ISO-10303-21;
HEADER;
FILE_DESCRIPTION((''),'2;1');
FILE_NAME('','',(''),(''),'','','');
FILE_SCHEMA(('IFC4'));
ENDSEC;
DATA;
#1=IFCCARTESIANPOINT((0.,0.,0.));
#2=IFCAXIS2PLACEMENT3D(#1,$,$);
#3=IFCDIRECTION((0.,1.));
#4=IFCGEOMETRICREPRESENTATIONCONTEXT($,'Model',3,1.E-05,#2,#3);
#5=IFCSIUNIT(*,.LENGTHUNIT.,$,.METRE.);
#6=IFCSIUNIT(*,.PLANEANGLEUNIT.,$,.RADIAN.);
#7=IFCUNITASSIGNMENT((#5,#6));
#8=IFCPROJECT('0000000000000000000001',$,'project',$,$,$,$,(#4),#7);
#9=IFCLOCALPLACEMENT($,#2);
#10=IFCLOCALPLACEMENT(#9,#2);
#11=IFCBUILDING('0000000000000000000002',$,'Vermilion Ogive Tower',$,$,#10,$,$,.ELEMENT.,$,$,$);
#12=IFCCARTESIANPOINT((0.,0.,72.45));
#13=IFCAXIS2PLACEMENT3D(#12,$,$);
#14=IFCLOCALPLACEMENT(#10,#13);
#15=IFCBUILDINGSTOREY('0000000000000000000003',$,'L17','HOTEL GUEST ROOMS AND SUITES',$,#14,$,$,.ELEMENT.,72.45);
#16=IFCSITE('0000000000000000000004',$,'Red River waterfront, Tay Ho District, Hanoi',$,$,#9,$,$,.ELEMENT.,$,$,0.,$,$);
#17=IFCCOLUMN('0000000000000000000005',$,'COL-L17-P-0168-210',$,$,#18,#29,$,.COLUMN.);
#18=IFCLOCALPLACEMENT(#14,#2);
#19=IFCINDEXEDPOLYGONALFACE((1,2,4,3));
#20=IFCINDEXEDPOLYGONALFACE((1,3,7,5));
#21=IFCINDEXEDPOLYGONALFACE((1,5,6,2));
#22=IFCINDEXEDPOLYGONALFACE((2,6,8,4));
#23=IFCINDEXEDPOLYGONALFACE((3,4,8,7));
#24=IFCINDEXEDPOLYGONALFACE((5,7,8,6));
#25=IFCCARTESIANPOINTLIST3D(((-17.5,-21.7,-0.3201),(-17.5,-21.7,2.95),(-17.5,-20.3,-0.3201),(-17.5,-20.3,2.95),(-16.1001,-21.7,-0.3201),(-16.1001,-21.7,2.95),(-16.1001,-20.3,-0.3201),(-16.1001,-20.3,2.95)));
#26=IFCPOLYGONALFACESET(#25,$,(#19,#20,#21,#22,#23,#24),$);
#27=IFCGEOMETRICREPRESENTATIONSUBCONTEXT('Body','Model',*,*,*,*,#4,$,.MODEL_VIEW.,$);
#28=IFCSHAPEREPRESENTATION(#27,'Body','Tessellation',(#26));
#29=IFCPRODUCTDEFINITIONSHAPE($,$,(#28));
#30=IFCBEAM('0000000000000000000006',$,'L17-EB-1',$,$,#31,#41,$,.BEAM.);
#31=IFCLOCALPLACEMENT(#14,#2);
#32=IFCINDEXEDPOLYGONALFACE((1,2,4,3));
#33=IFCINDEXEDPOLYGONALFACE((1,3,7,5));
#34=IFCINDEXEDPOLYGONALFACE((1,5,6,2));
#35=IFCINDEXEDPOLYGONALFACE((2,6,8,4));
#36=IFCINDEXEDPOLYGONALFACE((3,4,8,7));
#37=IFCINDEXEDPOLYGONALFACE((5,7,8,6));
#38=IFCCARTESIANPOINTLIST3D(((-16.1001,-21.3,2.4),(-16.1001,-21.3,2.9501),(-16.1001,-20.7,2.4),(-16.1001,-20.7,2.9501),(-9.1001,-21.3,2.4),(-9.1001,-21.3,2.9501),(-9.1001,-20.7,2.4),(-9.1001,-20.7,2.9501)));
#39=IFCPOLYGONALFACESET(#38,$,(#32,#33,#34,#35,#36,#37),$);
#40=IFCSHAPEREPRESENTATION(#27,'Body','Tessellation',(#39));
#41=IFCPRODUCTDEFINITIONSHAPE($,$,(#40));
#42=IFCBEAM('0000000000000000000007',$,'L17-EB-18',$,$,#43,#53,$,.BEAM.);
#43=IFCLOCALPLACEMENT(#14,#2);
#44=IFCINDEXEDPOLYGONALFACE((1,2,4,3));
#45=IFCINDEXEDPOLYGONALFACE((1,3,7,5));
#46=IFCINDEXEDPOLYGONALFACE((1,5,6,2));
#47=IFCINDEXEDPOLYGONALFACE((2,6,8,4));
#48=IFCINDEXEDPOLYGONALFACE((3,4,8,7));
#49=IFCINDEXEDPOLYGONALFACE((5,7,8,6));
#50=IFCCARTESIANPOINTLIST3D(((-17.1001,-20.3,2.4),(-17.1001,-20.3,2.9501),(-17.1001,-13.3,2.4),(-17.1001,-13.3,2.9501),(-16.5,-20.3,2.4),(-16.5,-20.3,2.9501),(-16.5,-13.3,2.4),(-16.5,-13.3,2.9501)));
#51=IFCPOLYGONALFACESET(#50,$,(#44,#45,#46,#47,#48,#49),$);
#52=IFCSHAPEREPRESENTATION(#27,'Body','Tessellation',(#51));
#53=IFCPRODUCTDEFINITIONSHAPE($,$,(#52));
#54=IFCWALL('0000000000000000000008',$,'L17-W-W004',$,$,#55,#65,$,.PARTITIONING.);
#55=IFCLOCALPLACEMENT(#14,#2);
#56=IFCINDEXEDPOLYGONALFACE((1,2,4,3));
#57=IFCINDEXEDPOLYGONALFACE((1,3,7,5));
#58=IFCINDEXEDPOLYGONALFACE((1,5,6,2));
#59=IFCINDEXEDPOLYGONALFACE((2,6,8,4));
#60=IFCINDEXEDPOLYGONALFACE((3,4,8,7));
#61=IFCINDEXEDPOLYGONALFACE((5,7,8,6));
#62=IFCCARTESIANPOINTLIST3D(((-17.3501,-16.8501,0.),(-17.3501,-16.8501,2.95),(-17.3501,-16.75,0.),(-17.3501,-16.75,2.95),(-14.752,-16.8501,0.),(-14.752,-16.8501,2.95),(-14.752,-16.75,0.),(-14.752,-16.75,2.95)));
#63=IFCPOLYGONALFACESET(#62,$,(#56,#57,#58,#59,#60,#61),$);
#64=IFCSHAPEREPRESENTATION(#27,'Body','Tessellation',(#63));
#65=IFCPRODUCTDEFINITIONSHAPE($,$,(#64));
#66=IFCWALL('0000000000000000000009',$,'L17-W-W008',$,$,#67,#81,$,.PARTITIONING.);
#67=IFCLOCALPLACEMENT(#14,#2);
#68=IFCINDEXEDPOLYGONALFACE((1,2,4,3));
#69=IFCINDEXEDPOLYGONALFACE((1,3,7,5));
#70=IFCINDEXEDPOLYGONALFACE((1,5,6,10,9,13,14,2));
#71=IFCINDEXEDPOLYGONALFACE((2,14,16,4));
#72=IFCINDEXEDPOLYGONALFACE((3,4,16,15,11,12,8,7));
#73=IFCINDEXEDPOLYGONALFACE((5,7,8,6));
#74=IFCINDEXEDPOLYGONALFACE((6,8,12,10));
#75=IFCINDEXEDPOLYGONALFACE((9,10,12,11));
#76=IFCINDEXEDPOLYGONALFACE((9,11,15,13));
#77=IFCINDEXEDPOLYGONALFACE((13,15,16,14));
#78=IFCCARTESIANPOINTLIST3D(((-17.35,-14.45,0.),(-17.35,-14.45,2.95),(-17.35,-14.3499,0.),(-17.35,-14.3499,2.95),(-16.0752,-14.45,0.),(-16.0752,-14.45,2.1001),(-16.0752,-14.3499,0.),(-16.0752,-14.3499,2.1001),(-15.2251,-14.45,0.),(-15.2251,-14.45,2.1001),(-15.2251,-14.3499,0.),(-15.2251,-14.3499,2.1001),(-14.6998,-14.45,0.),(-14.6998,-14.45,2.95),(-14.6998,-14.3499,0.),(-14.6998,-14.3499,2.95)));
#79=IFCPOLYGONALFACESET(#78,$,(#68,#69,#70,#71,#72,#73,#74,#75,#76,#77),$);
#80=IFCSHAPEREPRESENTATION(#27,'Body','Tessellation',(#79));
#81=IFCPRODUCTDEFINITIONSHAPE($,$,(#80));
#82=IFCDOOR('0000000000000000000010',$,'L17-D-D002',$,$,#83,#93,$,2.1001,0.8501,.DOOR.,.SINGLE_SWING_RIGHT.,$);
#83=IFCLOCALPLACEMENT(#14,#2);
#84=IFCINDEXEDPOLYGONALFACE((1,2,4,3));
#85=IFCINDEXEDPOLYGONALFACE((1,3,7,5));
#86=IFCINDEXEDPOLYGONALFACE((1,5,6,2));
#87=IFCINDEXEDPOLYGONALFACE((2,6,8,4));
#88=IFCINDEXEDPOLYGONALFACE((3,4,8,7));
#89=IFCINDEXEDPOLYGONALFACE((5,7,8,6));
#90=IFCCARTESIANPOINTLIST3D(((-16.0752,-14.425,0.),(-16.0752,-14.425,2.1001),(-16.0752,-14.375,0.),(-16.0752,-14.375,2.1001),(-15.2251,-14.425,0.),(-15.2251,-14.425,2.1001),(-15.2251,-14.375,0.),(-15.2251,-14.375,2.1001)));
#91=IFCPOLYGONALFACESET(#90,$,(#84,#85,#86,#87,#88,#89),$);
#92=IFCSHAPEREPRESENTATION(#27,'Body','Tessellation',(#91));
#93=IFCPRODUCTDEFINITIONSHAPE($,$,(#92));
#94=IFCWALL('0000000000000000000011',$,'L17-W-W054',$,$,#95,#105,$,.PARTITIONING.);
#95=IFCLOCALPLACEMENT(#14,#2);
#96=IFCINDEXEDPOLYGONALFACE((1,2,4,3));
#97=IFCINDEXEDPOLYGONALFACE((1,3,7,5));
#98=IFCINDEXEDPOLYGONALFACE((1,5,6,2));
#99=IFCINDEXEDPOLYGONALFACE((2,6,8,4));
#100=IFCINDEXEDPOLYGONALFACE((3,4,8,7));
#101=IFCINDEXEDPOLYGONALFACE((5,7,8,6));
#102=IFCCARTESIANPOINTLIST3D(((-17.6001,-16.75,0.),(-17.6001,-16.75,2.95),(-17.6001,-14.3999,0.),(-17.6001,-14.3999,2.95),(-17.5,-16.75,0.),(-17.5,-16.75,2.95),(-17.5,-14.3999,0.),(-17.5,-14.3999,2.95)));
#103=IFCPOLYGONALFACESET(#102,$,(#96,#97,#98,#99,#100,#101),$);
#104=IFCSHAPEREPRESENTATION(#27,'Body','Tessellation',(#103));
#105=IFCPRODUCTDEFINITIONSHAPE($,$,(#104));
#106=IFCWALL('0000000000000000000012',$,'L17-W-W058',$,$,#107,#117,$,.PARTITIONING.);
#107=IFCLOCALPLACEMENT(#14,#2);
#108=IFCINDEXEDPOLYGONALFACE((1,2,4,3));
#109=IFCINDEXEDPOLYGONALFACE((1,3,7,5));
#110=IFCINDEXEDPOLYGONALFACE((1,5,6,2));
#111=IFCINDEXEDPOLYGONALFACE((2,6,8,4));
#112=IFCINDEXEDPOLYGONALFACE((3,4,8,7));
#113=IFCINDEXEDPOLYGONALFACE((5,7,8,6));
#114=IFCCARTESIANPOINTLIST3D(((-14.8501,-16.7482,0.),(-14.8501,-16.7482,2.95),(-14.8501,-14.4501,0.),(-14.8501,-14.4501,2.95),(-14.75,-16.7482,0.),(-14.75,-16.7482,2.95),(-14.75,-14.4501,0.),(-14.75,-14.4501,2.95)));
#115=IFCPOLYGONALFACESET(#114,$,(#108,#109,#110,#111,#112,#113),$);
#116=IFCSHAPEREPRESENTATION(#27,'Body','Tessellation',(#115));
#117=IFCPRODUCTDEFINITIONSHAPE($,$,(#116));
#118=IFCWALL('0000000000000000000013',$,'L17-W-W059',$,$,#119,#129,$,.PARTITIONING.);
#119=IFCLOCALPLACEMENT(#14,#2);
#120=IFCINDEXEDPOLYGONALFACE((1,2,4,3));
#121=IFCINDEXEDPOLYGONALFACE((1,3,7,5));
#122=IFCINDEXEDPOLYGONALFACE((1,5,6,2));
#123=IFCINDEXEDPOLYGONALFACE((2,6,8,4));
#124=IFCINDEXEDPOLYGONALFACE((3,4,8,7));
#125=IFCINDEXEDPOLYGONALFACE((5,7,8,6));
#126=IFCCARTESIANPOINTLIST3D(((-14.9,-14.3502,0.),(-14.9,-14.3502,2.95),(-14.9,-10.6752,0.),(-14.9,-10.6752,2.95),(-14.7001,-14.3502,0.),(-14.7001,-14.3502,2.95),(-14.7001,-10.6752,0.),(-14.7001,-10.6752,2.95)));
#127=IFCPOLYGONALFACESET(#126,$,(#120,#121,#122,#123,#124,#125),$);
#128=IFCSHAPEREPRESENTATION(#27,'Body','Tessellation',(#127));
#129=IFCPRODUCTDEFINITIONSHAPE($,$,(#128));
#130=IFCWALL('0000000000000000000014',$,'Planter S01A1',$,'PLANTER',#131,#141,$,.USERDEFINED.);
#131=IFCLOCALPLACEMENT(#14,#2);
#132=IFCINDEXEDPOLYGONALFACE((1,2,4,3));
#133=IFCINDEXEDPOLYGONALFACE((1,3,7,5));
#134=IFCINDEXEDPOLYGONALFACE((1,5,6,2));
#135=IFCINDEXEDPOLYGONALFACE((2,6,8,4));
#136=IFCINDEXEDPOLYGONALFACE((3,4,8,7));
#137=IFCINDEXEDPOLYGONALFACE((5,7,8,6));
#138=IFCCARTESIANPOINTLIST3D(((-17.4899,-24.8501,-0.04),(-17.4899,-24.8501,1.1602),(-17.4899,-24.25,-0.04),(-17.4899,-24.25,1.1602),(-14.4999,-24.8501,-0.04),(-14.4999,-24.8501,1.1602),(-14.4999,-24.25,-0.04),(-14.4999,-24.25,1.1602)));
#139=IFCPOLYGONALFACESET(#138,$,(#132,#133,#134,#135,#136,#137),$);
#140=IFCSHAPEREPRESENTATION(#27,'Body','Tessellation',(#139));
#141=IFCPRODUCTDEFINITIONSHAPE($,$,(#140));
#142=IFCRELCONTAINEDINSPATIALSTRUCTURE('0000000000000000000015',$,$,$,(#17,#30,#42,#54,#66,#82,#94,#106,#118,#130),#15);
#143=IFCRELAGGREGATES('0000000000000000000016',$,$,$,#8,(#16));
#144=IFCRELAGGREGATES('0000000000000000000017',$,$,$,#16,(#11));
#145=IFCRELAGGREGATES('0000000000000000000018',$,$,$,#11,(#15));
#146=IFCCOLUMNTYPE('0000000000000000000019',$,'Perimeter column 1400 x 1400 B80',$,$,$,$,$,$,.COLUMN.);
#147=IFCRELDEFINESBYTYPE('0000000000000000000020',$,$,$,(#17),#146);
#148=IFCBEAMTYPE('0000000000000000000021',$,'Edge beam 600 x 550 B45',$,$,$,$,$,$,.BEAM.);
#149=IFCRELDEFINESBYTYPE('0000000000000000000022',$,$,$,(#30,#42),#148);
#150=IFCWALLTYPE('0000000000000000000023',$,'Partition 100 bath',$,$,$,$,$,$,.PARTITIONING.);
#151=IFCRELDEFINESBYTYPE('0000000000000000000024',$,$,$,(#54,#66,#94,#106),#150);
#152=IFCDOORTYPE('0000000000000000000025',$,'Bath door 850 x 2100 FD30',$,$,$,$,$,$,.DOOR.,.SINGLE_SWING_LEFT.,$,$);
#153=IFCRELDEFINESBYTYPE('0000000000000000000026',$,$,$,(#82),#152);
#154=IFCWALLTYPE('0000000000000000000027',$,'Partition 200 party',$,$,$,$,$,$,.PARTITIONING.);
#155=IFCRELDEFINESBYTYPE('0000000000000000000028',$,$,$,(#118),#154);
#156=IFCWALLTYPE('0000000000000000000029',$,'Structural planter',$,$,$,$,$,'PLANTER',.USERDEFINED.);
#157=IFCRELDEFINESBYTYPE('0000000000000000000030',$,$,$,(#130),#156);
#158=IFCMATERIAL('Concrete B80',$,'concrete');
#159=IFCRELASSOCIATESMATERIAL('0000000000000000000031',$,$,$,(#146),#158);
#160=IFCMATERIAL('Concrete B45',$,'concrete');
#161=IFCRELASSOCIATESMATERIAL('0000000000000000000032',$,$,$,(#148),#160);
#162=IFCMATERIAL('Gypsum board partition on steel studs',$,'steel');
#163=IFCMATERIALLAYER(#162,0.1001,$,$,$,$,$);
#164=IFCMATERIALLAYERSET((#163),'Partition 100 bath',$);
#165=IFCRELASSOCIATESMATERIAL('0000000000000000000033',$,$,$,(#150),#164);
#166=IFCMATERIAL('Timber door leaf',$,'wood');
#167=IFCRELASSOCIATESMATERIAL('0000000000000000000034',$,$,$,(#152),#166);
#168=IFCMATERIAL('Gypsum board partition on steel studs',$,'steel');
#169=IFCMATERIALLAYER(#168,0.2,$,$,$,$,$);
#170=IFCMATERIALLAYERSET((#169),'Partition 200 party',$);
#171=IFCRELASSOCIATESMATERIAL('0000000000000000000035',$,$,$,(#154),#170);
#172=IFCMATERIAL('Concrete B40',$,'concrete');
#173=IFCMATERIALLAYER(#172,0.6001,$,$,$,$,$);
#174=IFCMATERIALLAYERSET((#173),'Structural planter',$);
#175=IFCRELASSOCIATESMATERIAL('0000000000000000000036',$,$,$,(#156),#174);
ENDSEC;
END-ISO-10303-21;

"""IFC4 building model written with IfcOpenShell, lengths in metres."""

from ifc_helpers import new_model, si_unit, direction, frame, frame_2d, origin, origin_2d, place, context, subcontext, project, spatial, rectangle, extrude, material, layer, layer_set, material_profile, profile_set, type_object, element, fill, save


model = new_model("IFC4")

# Units and contexts
model_context = context("Model", 3, precision=1e-05, world=origin(), true_north=direction((0.0, 1.0)))
body_context = subcontext(model_context, "Body", "Model", "MODEL_VIEW")
ifc_project = project(units=[si_unit("LENGTHUNIT", "METRE"), si_unit("PLANEANGLEUNIT", "RADIAN")], contexts=[model_context])

# Site, building, storey
site_placement = place(None, origin())
site = spatial("IfcSite", under=ifc_project, at=site_placement, Name="Red River waterfront, Tay Ho District, Hanoi", CompositionType="ELEMENT", RefElevation=0.0)
building_placement = place(site_placement, origin())
building = spatial("IfcBuilding", under=site, at=building_placement, Name="Vermilion Ogive Tower", CompositionType="ELEMENT")
storey_placement = place(building_placement, frame((0.0, 0.0, 72.45)))
storey = spatial("IfcBuildingStorey", under=building, at=storey_placement, Name="L17", Description="HOTEL GUEST ROOMS AND SUITES", CompositionType="ELEMENT", Elevation=72.45)

# Column
ifc_material_1 = material(Name="Concrete B80", Category="concrete")
ifc_material_profile_1 = material_profile(ifc_material_1, rectangle(XDim=1.3999, YDim=1.3999, at=origin_2d()), Name="1400 x 1400")
ifc_profile_set_1 = profile_set([ifc_material_profile_1], Name="Concrete B80")
column_type = type_object("IfcColumnType", Name="Perimeter column 1400 x 1400 B80", PredefinedType="COLUMN", material=ifc_profile_set_1)
column_placement = place(storey_placement, frame((-16.8, -21.0, -0.3201), z_axis=(0.0, 0.0, 1.0), x_axis=(1.0, 0.0, 0.0)))
element("IfcColumn", 1, at=column_placement, inside=storey, type_object=column_type, Name="COL-L17-P-0168-210", PredefinedType="COLUMN", context=body_context, shape_type="SweptSolid", body=[
    extrude(rectangle(XDim=1.3999, YDim=1.3999, at=origin_2d()), origin(), (0.0, 0.0, 1.0), 3.27),
])

# Beams
ifc_material_2 = material(Name="Concrete B45", Category="concrete")
ifc_material_profile_2 = material_profile(ifc_material_2, rectangle(XDim=0.6001, YDim=0.55, at=origin_2d()), Name="600 x 550")
ifc_profile_set_2 = profile_set([ifc_material_profile_2], Name="Concrete B45")
beam_type = type_object("IfcBeamType", Name="Edge beam 600 x 550 B45", PredefinedType="BEAM", material=ifc_profile_set_2)
for number, where, z_axis, x_axis, name in (
    (2, (-16.1001, -21.0, 2.675), (1.0, 0.0, 0.0), (0.0, 1.0, 0.0), "L17-EB-1"),
    (3, (-16.8, -13.3, 2.675), (0.0, -1.0, 0.0), (1.0, 0.0, 0.0), "L17-EB-18"),
):
    element("IfcBeam", number, at=place(storey_placement, frame(where, z_axis=z_axis, x_axis=x_axis)), inside=storey, type_object=beam_type, Name=name, PredefinedType="BEAM", context=body_context, shape_type="SweptSolid", body=[
        extrude(rectangle(XDim=0.6001, YDim=0.55, at=origin_2d()), origin(), (0.0, 0.0, 1.0), 7.0),
    ])

# Wall
ifc_material_3 = material(Name="Gypsum board partition on steel studs", Category="steel")
ifc_layer_1 = layer(ifc_material_3, 0.1001)
ifc_layer_set_1 = layer_set([ifc_layer_1], Name="Partition 100 bath")
wall_type_1 = type_object("IfcWallType", Name="Partition 100 bath", PredefinedType="PARTITIONING", material=ifc_layer_set_1)
wall_1_placement = place(storey_placement, frame((-17.3501, -16.8, 0.0), z_axis=(0.0, 0.0, 1.0), x_axis=(1.0, 0.0, 0.0)))
element("IfcWall", 4, at=wall_1_placement, inside=storey, type_object=wall_type_1, Name="L17-W-W004", PredefinedType="PARTITIONING", context=body_context, shape_type="SweptSolid", body=[
    extrude(rectangle(XDim=2.5981, YDim=0.1001, at=frame_2d((1.2991, 0.0))), origin(), (0.0, 0.0, 1.0), 2.95),
])

# Wall, opening, door
wall_2_placement = place(storey_placement, frame((-17.3501, -14.3999, 0.0), z_axis=(0.0, 0.0, 1.0), x_axis=(1.0, 0.0, 0.0)))
wall_2 = element("IfcWall", 5, at=wall_2_placement, inside=storey, type_object=wall_type_1, Name="L17-W-W008", PredefinedType="PARTITIONING", context=body_context, shape_type="SweptSolid", body=[
    extrude(rectangle(XDim=2.6501, YDim=0.1001, at=frame_2d((1.3252, 0.0))), origin(), (0.0, 0.0, 1.0), 2.95),
])
opening_1_placement = place(wall_2_placement, frame((1.2749, 0.0, 0.0)))
opening_1 = element("IfcOpeningElement", 6, at=opening_1_placement, cuts=wall_2, PredefinedType="OPENING", context=body_context, shape_type="SweptSolid", body=[
    extrude(rectangle(XDim=0.8501, YDim=2.1001, at=frame_2d((0.425, 1.05))), frame((0.0, 0.0601, 0.0), z_axis=(0.0, -1.0, 0.0), x_axis=(1.0, 0.0, 0.0)), (0.0, 0.0, 1.0), 0.1201),
])
ifc_material_4 = material(Name="Timber door leaf", Category="wood")
door_type_1 = type_object("IfcDoorType", Name="Bath door 850 x 2100 FD30", OperationType="SINGLE_SWING_LEFT", PredefinedType="DOOR", material=ifc_material_4)
door_1_placement = place(opening_1_placement, origin())
door_1 = element("IfcDoor", 7, at=door_1_placement, inside=storey, type_object=door_type_1, Name="L17-D-D002", OperationType="SINGLE_SWING_RIGHT", OverallHeight=2.1001, OverallWidth=0.8501, PredefinedType="DOOR", context=body_context, shape_type="SweptSolid", body=[
    extrude(rectangle(XDim=0.8501, YDim=2.1001, at=frame_2d((0.425, 1.05))), frame((0.0, 0.0249, 0.0), z_axis=(0.0, -1.0, 0.0), x_axis=(1.0, 0.0, 0.0)), (0.0, 0.0, 1.0), 0.05),
])
fill(opening_1, door_1)

# Walls
wall_3_placement = place(storey_placement, frame((-17.55, -16.75, 0.0), z_axis=(0.0, 0.0, 1.0), x_axis=(0.0, 1.0, 0.0)))
element("IfcWall", 8, at=wall_3_placement, inside=storey, type_object=wall_type_1, Name="L17-W-W054", PredefinedType="PARTITIONING", context=body_context, shape_type="SweptSolid", body=[
    extrude(rectangle(XDim=2.3501, YDim=0.1001, at=frame_2d((1.175, 0.0))), origin(), (0.0, 0.0, 1.0), 2.95),
])
wall_4_placement = place(storey_placement, frame((-14.8, -16.748, 0.0), z_axis=(0.0, 0.0, 1.0), x_axis=(0.0, 1.0, 0.0)))
element("IfcWall", 9, at=wall_4_placement, inside=storey, type_object=wall_type_1, Name="L17-W-W058", PredefinedType="PARTITIONING", context=body_context, shape_type="SweptSolid", body=[
    extrude(rectangle(XDim=2.2981, YDim=0.1001, at=frame_2d((1.1489, 0.0))), origin(), (0.0, 0.0, 1.0), 2.95),
])
ifc_material_5 = material(Name="Gypsum board partition on steel studs", Category="steel")
ifc_layer_2 = layer(ifc_material_5, 0.2)
ifc_layer_set_2 = layer_set([ifc_layer_2], Name="Partition 200 party")
wall_type_2 = type_object("IfcWallType", Name="Partition 200 party", PredefinedType="PARTITIONING", material=ifc_layer_set_2)
wall_5_placement = place(storey_placement, frame((-14.8, -14.3501, 0.0), z_axis=(0.0, 0.0, 1.0), x_axis=(0.0, 1.0, 0.0)))
element("IfcWall", 10, at=wall_5_placement, inside=storey, type_object=wall_type_2, Name="L17-W-W059", PredefinedType="PARTITIONING", context=body_context, shape_type="SweptSolid", body=[
    extrude(rectangle(XDim=3.675, YDim=0.2, at=frame_2d((1.8374, 0.0))), origin(), (0.0, 0.0, 1.0), 2.95),
])
ifc_material_6 = material(Name="Concrete B40", Category="concrete")
ifc_layer_3 = layer(ifc_material_6, 0.6001)
ifc_layer_set_3 = layer_set([ifc_layer_3], Name="Structural planter")
wall_type_3 = type_object("IfcWallType", Name="Structural planter", ElementType="PLANTER", PredefinedType="USERDEFINED", material=ifc_layer_set_3)
wall_6_placement = place(storey_placement, frame((-17.49, -24.55, -0.04), z_axis=(0.0, 0.0, 1.0), x_axis=(1.0, 0.0, 0.0)))
element("IfcWall", 11, at=wall_6_placement, inside=storey, type_object=wall_type_3, Name="Planter S01A1", ObjectType="PLANTER", PredefinedType="USERDEFINED", context=body_context, shape_type="SweptSolid", body=[
    extrude(rectangle(XDim=2.99, YDim=0.6001, at=frame_2d((1.4951, 0.0))), origin(), (0.0, 0.0, 1.0), 1.2002),
])

save(model, "model.ifc")
